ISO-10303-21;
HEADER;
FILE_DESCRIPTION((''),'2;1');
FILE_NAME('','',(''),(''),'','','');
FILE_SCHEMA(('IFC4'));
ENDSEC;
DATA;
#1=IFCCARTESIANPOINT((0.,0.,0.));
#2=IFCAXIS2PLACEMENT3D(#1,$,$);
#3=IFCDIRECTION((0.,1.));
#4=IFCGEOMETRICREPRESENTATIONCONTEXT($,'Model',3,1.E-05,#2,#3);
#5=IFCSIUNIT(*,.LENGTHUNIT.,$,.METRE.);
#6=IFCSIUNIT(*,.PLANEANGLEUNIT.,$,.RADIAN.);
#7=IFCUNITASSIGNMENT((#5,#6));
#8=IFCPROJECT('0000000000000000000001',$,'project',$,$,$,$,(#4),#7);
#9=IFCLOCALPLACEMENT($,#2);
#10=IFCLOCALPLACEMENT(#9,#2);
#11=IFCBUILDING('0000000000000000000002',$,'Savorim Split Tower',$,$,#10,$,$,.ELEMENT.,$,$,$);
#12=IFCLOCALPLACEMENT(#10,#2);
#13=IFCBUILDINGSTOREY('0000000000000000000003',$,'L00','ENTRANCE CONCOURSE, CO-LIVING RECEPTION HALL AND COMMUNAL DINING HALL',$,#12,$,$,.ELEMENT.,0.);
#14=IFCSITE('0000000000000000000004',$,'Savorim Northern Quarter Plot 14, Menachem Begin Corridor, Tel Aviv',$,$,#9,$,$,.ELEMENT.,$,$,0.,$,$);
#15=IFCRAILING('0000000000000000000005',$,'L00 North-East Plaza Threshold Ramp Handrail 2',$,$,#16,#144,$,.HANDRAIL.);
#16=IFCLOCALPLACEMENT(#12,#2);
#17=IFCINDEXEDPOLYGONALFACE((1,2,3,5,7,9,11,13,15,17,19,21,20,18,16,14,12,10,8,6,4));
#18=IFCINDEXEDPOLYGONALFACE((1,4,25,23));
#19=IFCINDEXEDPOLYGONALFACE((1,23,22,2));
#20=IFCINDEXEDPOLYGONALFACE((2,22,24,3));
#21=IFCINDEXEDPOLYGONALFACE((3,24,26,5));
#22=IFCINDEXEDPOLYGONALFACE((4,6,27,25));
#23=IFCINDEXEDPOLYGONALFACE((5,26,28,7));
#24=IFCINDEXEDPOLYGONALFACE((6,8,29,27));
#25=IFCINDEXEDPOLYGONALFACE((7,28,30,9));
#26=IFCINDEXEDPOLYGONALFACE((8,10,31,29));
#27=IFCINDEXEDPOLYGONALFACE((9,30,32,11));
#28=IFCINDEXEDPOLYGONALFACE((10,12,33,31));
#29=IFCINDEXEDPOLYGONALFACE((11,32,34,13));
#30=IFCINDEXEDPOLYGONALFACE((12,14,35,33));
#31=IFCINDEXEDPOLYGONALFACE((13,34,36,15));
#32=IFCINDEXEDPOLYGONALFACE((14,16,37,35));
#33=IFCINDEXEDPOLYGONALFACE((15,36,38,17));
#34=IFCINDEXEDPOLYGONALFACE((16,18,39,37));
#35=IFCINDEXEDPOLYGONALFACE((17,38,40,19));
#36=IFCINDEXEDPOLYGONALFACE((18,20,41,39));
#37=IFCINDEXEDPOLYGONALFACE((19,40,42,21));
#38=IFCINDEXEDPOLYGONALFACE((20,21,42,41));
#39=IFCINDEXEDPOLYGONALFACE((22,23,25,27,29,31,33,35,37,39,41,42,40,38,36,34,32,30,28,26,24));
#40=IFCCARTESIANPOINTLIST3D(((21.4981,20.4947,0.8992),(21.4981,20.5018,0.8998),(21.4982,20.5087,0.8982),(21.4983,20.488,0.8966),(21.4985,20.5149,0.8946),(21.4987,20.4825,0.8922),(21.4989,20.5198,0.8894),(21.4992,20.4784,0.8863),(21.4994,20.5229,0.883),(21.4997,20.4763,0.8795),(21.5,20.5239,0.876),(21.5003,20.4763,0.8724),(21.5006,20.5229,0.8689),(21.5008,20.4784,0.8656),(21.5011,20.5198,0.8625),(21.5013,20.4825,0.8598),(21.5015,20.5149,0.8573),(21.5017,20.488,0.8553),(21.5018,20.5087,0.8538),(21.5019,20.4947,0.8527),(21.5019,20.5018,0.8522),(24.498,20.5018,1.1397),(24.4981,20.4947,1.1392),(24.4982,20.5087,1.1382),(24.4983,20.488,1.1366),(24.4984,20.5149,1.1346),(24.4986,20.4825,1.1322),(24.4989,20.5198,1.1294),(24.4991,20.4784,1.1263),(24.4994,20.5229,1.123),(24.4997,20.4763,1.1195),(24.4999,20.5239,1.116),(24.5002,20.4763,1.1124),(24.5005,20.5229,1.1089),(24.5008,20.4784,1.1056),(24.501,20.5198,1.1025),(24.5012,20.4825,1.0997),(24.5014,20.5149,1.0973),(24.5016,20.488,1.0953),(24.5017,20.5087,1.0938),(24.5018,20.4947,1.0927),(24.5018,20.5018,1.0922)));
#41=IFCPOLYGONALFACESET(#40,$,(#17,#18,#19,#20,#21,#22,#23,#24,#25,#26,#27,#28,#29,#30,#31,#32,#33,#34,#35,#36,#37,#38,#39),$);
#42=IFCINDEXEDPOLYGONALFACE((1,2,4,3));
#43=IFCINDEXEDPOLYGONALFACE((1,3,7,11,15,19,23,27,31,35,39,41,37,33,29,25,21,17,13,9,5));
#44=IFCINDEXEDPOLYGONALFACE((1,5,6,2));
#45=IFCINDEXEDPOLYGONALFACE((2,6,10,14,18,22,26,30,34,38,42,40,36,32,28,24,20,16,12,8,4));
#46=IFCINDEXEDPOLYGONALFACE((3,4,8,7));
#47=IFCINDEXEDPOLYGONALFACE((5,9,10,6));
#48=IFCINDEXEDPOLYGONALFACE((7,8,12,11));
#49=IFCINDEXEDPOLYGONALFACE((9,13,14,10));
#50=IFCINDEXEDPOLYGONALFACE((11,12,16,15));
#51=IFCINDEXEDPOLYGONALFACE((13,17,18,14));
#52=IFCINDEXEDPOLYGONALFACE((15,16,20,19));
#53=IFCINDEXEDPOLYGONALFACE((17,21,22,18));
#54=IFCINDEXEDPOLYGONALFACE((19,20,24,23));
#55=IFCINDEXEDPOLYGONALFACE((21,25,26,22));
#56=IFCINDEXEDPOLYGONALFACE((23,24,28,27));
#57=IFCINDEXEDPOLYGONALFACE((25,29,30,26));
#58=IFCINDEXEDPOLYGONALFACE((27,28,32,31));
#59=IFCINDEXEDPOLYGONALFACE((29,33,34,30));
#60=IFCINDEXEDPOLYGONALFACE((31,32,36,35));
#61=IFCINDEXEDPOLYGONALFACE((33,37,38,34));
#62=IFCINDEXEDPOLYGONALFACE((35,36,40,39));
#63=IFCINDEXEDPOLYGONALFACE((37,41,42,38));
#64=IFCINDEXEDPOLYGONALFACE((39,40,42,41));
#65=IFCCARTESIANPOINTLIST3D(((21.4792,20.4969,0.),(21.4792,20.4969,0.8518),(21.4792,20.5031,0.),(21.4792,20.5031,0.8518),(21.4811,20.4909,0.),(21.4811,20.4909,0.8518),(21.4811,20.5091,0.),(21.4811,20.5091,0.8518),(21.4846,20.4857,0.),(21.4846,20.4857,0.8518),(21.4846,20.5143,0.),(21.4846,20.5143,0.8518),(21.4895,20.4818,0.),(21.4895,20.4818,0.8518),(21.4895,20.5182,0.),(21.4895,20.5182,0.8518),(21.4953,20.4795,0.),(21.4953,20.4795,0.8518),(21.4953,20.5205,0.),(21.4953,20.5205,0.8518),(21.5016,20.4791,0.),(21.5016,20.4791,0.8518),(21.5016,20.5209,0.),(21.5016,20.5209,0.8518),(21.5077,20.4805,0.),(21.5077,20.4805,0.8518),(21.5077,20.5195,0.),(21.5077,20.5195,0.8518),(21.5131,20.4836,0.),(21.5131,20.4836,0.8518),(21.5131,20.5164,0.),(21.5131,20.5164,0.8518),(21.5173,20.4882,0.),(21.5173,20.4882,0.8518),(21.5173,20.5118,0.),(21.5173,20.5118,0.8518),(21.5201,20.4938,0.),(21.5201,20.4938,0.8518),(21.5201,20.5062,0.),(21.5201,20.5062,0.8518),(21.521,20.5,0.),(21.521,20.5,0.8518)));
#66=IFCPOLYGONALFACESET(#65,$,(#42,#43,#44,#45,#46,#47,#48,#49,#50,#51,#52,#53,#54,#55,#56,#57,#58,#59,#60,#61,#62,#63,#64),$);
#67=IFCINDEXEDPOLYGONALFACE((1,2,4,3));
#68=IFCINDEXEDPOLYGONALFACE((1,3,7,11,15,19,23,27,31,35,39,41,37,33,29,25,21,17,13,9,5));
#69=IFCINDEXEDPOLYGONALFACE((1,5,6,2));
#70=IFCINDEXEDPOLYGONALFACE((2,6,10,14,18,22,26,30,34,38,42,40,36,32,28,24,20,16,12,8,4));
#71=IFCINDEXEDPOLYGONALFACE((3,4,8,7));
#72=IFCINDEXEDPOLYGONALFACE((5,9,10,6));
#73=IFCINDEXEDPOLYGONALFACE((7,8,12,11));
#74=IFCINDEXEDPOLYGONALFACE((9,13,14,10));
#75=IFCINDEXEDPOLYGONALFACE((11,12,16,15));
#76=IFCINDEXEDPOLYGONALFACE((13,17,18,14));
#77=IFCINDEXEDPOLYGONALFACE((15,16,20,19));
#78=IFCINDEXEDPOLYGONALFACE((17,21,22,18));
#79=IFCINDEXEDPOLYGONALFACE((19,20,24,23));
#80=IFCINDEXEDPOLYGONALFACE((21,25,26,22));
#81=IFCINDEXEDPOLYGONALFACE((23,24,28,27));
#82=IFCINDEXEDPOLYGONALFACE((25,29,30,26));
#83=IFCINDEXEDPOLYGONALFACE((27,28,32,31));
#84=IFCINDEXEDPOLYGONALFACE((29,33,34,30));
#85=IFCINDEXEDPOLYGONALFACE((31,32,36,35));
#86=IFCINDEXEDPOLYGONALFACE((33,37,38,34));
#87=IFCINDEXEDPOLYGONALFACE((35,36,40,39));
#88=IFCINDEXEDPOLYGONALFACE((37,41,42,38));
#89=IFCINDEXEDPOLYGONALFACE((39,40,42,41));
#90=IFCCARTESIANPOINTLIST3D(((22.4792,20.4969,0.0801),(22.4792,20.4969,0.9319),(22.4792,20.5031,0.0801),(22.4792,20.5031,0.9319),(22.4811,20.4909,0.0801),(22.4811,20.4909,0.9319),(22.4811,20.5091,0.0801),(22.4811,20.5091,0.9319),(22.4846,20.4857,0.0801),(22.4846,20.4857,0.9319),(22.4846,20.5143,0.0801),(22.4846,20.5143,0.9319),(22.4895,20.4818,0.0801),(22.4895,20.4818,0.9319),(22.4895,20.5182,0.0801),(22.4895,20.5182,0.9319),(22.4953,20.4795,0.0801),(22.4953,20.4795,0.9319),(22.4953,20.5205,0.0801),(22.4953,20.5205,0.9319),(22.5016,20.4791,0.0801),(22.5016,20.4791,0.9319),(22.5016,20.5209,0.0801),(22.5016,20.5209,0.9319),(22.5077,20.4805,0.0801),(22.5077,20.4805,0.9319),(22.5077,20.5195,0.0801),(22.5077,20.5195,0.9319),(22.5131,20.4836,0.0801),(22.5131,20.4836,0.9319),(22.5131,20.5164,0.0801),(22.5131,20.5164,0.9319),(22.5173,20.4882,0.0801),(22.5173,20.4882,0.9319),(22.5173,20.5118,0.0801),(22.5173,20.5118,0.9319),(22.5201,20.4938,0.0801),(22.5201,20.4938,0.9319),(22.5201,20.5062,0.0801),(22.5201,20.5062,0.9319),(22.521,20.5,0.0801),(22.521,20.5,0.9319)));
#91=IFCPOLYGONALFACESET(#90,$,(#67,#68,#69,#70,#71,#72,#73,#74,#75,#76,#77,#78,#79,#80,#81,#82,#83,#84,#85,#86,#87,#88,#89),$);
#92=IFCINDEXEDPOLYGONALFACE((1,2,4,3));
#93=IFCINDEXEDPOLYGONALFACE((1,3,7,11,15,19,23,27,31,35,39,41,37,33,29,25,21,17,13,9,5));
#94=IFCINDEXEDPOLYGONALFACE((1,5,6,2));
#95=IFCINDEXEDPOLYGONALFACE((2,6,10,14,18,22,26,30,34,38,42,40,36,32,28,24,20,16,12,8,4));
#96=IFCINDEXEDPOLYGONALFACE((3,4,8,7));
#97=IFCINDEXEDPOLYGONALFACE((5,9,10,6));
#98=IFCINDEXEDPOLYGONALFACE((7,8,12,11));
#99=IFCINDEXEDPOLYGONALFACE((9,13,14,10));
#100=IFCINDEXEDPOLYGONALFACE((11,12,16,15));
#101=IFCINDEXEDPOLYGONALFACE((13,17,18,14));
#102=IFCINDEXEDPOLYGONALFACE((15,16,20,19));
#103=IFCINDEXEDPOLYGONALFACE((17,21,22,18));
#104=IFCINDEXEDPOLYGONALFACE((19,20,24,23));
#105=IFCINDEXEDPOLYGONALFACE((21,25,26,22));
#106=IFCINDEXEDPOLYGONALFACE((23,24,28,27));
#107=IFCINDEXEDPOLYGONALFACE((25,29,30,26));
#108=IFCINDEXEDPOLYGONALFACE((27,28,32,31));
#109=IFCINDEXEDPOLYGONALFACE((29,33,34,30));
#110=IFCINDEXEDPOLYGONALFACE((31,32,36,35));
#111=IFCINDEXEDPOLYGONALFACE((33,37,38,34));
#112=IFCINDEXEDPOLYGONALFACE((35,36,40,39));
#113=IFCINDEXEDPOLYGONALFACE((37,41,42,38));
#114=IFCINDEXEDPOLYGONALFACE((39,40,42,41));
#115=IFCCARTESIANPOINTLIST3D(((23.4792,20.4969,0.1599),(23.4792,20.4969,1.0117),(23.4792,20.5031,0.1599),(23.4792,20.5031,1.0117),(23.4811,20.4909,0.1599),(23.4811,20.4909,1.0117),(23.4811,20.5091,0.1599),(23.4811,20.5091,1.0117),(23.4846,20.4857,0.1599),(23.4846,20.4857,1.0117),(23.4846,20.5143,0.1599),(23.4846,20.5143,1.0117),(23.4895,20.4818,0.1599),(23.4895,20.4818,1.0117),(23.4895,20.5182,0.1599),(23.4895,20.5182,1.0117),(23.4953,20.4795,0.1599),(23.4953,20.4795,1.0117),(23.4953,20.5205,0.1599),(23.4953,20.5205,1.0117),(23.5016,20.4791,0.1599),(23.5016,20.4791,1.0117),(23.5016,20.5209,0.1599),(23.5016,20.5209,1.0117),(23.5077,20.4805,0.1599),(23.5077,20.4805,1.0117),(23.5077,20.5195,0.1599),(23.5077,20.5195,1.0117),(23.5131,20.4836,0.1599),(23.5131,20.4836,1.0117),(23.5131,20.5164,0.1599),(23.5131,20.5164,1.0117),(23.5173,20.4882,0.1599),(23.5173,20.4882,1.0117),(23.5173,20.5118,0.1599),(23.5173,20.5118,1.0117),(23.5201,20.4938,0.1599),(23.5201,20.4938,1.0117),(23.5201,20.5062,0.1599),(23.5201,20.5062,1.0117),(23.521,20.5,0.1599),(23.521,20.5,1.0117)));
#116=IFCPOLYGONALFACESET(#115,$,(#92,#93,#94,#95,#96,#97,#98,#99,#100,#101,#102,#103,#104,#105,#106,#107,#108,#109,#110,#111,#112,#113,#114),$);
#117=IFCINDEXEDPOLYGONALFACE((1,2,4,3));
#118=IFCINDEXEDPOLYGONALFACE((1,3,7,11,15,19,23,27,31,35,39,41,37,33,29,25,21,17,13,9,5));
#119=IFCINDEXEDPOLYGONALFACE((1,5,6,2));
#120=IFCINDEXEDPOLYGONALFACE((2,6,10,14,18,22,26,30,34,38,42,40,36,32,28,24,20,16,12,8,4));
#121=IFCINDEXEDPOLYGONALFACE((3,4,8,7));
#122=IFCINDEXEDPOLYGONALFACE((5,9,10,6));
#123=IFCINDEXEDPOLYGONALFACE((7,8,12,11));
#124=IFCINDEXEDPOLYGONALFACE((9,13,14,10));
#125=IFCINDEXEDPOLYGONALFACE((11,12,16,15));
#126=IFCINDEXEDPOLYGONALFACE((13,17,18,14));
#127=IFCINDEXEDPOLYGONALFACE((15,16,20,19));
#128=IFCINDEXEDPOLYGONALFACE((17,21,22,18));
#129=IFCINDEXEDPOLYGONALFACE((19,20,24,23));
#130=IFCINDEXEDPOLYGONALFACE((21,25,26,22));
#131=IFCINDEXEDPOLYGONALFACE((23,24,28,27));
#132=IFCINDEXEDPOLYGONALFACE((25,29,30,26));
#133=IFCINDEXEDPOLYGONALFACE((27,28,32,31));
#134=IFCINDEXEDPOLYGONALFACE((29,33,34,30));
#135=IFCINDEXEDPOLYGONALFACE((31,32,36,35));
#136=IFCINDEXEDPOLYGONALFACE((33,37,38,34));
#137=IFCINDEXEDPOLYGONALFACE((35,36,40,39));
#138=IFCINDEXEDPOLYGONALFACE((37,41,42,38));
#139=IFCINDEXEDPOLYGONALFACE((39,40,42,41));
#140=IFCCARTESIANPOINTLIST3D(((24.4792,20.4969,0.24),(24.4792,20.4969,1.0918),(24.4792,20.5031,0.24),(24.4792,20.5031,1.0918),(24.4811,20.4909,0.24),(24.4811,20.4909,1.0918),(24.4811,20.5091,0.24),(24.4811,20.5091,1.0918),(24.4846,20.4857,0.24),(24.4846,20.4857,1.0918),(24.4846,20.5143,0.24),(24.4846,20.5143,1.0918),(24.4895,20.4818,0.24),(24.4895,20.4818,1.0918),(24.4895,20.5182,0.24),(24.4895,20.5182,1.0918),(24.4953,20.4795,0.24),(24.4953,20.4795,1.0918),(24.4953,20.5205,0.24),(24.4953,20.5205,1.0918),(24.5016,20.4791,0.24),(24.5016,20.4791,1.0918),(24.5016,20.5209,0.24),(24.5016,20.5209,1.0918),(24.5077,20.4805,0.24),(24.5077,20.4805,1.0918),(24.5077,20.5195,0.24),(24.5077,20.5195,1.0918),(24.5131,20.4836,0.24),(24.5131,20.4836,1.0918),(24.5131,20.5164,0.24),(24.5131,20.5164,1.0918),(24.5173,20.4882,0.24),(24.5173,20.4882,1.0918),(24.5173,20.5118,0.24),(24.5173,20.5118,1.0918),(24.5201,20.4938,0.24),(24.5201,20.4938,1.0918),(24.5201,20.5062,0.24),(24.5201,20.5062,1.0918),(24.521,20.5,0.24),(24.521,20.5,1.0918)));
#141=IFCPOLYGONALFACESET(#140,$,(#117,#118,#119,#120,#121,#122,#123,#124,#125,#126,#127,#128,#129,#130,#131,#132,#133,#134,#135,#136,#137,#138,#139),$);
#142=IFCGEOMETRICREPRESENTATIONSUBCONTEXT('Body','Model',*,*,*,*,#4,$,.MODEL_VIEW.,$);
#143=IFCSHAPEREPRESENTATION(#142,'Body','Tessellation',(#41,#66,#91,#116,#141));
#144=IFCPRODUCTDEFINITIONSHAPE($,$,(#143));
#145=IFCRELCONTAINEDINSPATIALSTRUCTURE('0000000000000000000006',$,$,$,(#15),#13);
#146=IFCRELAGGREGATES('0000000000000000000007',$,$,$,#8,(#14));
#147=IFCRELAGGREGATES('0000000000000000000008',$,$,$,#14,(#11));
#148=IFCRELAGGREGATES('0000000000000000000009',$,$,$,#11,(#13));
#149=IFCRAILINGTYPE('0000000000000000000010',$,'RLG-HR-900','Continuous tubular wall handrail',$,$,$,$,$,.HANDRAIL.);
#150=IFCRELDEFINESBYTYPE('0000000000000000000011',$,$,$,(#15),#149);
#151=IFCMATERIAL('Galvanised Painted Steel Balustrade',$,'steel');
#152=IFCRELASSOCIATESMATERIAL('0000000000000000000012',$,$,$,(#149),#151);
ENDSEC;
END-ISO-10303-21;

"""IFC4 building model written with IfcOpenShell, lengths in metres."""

from ifc_helpers import new_model, si_unit, direction, frame, origin, origin_2d, place, context, subcontext, project, spatial, circle, extrude, material, type_object, element, save


model = new_model("IFC4")

# Units and contexts
model_context = context("Model", 3, precision=1e-05, world=origin(), true_north=direction((0.0, 1.0)))
body_context = subcontext(model_context, "Body", "Model", "MODEL_VIEW")
ifc_project = project(units=[si_unit("LENGTHUNIT", "METRE"), si_unit("PLANEANGLEUNIT", "RADIAN")], contexts=[model_context])

# Site, building, storey
site_placement = place(None, origin())
site = spatial("IfcSite", under=ifc_project, at=site_placement, Name="Savorim Northern Quarter Plot 14, Menachem Begin Corridor, Tel Aviv", CompositionType="ELEMENT", RefElevation=0.0)
building_placement = place(site_placement, origin())
building = spatial("IfcBuilding", under=site, at=building_placement, Name="Savorim Split Tower", CompositionType="ELEMENT")
storey_placement = place(building_placement, origin())
storey = spatial("IfcBuildingStorey", under=building, at=storey_placement, Name="L00", Description="ENTRANCE CONCOURSE, CO-LIVING RECEPTION HALL AND COMMUNAL DINING HALL", CompositionType="ELEMENT", Elevation=0.0)

# Railing
ifc_material_1 = material(Name="Galvanised Painted Steel Balustrade", Category="steel")
railing_type_1 = type_object("IfcRailingType", Name="RLG-HR-900", Description="Continuous tubular wall handrail", PredefinedType="HANDRAIL", material=ifc_material_1)
for number, where, name in (
    (1, (21.5, 20.5, 0.0), "L00 North-East Plaza Threshold Ramp Handrail 2"),
):
    element("IfcRailing", number, at=place(storey_placement, frame(where)), inside=storey, type_object=railing_type_1, Name=name, PredefinedType="HANDRAIL", context=body_context, shape_type="SweptSolid", body=[
        extrude(circle(Radius=0.0239, at=origin_2d()), frame((0.0, 0.0, 0.876), z_axis=(0.996816, 0.0, 0.079742), x_axis=(0.0, 1.0, 0.0)), (0.0, 0.0, 1.0), 3.0095),
        extrude(circle(Radius=0.021, at=origin_2d()), origin(), (0.0, 0.0, 1.0), 0.8518),
        extrude(circle(Radius=0.021, at=origin_2d()), frame((1.0, 0.0, 0.0801)), (0.0, 0.0, 1.0), 0.8518),
        extrude(circle(Radius=0.021, at=origin_2d()), frame((2.0, 0.0, 0.1599)), (0.0, 0.0, 1.0), 0.8518),
        extrude(circle(Radius=0.021, at=origin_2d()), frame((3.0, 0.0, 0.24)), (0.0, 0.0, 1.0), 0.8518),
    ])

save(model, "model.ifc")
